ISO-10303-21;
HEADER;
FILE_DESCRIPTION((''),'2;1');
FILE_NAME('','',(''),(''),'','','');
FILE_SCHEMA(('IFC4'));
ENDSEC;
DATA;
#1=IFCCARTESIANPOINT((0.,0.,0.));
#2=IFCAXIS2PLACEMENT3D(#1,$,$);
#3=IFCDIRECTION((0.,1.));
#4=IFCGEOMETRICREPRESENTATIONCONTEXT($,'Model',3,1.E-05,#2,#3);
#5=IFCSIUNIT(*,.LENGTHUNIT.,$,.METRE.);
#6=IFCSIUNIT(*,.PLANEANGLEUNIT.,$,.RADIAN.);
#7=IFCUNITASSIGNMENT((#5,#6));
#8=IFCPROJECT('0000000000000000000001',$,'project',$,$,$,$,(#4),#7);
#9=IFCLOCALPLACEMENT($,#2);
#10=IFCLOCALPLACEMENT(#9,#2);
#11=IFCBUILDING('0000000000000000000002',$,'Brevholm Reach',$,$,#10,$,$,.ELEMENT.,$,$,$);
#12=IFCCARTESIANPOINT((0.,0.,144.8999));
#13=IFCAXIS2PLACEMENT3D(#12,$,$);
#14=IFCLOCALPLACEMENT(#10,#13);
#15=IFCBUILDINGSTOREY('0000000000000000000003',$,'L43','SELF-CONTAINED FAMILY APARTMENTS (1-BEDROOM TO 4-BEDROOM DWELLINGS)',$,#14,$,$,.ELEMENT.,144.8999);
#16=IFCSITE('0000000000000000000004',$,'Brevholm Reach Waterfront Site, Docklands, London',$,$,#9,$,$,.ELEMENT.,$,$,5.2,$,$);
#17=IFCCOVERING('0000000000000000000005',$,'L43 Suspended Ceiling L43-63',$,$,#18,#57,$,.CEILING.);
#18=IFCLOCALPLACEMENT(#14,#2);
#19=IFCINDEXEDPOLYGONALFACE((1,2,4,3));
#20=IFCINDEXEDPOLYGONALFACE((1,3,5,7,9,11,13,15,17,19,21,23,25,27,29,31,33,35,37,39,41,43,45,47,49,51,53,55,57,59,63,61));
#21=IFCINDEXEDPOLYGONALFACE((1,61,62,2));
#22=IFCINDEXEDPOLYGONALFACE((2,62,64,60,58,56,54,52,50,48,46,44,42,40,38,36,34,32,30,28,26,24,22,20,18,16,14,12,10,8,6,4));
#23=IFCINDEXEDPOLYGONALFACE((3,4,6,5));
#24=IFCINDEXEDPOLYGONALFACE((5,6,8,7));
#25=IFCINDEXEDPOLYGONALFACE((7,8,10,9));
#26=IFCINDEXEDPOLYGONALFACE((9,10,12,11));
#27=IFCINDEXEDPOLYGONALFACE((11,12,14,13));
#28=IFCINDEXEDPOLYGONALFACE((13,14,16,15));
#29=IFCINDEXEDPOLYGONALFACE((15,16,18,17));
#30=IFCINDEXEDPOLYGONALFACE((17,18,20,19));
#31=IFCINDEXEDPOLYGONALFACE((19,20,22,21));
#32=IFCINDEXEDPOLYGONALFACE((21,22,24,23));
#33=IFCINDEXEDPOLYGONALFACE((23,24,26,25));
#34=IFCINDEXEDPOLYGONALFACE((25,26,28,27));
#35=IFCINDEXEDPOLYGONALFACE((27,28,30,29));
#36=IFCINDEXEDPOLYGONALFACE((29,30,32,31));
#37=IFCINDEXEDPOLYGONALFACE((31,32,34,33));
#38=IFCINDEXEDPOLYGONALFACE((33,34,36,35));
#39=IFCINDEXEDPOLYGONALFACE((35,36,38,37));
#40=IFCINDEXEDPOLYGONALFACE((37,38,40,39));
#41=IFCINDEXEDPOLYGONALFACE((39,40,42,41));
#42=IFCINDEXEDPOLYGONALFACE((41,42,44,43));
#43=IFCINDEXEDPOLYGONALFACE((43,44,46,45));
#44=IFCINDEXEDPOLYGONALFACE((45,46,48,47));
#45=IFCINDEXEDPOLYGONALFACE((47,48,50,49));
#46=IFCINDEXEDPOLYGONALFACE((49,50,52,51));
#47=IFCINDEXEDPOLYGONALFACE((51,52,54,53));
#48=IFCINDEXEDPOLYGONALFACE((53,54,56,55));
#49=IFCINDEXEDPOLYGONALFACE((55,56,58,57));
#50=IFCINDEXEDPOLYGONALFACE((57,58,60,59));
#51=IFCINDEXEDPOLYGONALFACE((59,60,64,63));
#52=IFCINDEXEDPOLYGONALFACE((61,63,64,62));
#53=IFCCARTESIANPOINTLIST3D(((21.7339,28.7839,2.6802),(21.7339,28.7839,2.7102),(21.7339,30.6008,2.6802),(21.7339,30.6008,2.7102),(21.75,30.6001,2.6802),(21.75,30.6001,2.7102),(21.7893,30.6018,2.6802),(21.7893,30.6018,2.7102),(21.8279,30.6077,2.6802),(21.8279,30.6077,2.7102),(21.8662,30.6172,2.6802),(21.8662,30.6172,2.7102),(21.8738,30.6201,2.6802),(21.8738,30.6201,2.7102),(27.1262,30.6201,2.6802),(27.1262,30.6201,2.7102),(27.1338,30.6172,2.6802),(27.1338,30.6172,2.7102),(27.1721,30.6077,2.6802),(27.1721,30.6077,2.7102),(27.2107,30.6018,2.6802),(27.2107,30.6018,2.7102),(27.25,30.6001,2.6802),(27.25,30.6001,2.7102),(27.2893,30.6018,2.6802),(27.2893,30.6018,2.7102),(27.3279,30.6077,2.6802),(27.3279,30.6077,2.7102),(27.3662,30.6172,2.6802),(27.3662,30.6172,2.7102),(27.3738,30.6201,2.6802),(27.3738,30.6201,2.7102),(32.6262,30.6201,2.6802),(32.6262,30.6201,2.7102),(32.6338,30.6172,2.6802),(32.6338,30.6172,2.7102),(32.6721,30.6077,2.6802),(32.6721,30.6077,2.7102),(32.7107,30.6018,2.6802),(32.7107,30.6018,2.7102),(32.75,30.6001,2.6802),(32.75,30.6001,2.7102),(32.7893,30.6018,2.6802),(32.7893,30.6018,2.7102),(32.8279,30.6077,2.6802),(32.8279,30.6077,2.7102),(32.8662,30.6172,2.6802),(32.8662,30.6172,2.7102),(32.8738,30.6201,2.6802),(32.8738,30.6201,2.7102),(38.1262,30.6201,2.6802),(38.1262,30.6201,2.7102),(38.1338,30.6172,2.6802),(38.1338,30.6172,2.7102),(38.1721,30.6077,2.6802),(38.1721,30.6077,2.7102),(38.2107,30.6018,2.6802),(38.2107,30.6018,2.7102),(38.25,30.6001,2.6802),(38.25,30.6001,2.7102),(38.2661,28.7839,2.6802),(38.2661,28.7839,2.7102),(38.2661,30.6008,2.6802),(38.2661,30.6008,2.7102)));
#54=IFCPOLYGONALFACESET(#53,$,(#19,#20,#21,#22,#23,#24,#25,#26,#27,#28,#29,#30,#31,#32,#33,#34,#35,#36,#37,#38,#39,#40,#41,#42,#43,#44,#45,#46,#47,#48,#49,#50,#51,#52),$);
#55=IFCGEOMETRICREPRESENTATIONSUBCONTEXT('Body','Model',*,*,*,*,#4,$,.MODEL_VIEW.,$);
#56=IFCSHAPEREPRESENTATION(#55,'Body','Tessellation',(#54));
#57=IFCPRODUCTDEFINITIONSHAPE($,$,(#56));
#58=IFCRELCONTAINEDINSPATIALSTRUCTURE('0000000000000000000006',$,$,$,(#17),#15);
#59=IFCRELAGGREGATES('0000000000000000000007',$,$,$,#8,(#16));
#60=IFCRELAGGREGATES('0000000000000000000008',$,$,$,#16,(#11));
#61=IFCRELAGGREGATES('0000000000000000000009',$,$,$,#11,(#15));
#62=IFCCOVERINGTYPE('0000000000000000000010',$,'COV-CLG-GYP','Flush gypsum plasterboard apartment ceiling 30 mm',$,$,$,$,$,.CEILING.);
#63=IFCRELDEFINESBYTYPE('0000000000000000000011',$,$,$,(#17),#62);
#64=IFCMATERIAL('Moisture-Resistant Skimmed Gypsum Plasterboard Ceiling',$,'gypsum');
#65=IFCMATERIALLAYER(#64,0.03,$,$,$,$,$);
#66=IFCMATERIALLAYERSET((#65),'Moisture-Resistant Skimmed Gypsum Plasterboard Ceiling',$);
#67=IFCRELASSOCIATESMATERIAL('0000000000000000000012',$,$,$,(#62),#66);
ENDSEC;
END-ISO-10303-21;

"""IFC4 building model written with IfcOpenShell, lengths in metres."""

from ifc_helpers import new_model, si_unit, direction, frame, origin, place, context, subcontext, project, spatial, polyline, outline, extrude, material, layer, layer_set, type_object, element, save


model = new_model("IFC4")

# Units and contexts
model_context = context("Model", 3, precision=1e-05, world=origin(), true_north=direction((0.0, 1.0)))
body_context = subcontext(model_context, "Body", "Model", "MODEL_VIEW")
ifc_project = project(units=[si_unit("LENGTHUNIT", "METRE"), si_unit("PLANEANGLEUNIT", "RADIAN")], contexts=[model_context])

# Site, building, storey
site_placement = place(None, origin())
site = spatial("IfcSite", under=ifc_project, at=site_placement, Name="Brevholm Reach Waterfront Site, Docklands, London", CompositionType="ELEMENT", RefElevation=5.2)
building_placement = place(site_placement, origin())
building = spatial("IfcBuilding", under=site, at=building_placement, Name="Brevholm Reach", CompositionType="ELEMENT")
storey_placement = place(building_placement, frame((0.0, 0.0, 144.8999)))
storey = spatial("IfcBuildingStorey", under=building, at=storey_placement, Name="L43", Description="SELF-CONTAINED FAMILY APARTMENTS (1-BEDROOM TO 4-BEDROOM DWELLINGS)", CompositionType="ELEMENT", Elevation=144.8999)

# Covering
ifc_material_1 = material(Name="Moisture-Resistant Skimmed Gypsum Plasterboard Ceiling", Category="gypsum")
ifc_layer_1 = layer(ifc_material_1, 0.03)
ifc_layer_set_1 = layer_set([ifc_layer_1], Name="Moisture-Resistant Skimmed Gypsum Plasterboard Ceiling")
covering_type_1 = type_object("IfcCoveringType", Name="COV-CLG-GYP", Description="Flush gypsum plasterboard apartment ceiling 30 mm", PredefinedType="CEILING", material=ifc_layer_set_1)
covering_1_placement = place(storey_placement, frame((0.0, 0.0, 2.6802)))
element("IfcCovering", 1, at=covering_1_placement, inside=storey, type_object=covering_type_1, Name="L43 Suspended Ceiling L43-63", PredefinedType="CEILING", context=body_context, shape_type="SweptSolid", body=[
    extrude(outline(polyline([(27.1262, 30.6201), (27.1338, 30.6172), (27.1721, 30.6077), (27.2107, 30.6018), (27.25, 30.6001), (27.2893, 30.6018), (27.3279, 30.6077), (27.3662, 30.6172), (27.3738, 30.6201), (32.6262, 30.6201), (32.6338, 30.6172), (32.6721, 30.6077), (32.7107, 30.6018), (32.75, 30.6001), (32.7893, 30.6018), (32.8279, 30.6077), (32.8662, 30.6172), (32.8738, 30.6201), (38.1262, 30.6201), (38.1338, 30.6172), (38.1721, 30.6077), (38.2107, 30.6018), (38.25, 30.6001), (38.2661, 30.6008), (38.2661, 28.7839), (21.7339, 28.7839), (21.7339, 30.6008), (21.75, 30.6001), (21.7893, 30.6018), (21.8279, 30.6077), (21.8662, 30.6172), (21.8738, 30.6201), (27.1262, 30.6201)])), origin(), (0.0, 0.0, 1.0), 0.03),
])

save(model, "model.ifc")
